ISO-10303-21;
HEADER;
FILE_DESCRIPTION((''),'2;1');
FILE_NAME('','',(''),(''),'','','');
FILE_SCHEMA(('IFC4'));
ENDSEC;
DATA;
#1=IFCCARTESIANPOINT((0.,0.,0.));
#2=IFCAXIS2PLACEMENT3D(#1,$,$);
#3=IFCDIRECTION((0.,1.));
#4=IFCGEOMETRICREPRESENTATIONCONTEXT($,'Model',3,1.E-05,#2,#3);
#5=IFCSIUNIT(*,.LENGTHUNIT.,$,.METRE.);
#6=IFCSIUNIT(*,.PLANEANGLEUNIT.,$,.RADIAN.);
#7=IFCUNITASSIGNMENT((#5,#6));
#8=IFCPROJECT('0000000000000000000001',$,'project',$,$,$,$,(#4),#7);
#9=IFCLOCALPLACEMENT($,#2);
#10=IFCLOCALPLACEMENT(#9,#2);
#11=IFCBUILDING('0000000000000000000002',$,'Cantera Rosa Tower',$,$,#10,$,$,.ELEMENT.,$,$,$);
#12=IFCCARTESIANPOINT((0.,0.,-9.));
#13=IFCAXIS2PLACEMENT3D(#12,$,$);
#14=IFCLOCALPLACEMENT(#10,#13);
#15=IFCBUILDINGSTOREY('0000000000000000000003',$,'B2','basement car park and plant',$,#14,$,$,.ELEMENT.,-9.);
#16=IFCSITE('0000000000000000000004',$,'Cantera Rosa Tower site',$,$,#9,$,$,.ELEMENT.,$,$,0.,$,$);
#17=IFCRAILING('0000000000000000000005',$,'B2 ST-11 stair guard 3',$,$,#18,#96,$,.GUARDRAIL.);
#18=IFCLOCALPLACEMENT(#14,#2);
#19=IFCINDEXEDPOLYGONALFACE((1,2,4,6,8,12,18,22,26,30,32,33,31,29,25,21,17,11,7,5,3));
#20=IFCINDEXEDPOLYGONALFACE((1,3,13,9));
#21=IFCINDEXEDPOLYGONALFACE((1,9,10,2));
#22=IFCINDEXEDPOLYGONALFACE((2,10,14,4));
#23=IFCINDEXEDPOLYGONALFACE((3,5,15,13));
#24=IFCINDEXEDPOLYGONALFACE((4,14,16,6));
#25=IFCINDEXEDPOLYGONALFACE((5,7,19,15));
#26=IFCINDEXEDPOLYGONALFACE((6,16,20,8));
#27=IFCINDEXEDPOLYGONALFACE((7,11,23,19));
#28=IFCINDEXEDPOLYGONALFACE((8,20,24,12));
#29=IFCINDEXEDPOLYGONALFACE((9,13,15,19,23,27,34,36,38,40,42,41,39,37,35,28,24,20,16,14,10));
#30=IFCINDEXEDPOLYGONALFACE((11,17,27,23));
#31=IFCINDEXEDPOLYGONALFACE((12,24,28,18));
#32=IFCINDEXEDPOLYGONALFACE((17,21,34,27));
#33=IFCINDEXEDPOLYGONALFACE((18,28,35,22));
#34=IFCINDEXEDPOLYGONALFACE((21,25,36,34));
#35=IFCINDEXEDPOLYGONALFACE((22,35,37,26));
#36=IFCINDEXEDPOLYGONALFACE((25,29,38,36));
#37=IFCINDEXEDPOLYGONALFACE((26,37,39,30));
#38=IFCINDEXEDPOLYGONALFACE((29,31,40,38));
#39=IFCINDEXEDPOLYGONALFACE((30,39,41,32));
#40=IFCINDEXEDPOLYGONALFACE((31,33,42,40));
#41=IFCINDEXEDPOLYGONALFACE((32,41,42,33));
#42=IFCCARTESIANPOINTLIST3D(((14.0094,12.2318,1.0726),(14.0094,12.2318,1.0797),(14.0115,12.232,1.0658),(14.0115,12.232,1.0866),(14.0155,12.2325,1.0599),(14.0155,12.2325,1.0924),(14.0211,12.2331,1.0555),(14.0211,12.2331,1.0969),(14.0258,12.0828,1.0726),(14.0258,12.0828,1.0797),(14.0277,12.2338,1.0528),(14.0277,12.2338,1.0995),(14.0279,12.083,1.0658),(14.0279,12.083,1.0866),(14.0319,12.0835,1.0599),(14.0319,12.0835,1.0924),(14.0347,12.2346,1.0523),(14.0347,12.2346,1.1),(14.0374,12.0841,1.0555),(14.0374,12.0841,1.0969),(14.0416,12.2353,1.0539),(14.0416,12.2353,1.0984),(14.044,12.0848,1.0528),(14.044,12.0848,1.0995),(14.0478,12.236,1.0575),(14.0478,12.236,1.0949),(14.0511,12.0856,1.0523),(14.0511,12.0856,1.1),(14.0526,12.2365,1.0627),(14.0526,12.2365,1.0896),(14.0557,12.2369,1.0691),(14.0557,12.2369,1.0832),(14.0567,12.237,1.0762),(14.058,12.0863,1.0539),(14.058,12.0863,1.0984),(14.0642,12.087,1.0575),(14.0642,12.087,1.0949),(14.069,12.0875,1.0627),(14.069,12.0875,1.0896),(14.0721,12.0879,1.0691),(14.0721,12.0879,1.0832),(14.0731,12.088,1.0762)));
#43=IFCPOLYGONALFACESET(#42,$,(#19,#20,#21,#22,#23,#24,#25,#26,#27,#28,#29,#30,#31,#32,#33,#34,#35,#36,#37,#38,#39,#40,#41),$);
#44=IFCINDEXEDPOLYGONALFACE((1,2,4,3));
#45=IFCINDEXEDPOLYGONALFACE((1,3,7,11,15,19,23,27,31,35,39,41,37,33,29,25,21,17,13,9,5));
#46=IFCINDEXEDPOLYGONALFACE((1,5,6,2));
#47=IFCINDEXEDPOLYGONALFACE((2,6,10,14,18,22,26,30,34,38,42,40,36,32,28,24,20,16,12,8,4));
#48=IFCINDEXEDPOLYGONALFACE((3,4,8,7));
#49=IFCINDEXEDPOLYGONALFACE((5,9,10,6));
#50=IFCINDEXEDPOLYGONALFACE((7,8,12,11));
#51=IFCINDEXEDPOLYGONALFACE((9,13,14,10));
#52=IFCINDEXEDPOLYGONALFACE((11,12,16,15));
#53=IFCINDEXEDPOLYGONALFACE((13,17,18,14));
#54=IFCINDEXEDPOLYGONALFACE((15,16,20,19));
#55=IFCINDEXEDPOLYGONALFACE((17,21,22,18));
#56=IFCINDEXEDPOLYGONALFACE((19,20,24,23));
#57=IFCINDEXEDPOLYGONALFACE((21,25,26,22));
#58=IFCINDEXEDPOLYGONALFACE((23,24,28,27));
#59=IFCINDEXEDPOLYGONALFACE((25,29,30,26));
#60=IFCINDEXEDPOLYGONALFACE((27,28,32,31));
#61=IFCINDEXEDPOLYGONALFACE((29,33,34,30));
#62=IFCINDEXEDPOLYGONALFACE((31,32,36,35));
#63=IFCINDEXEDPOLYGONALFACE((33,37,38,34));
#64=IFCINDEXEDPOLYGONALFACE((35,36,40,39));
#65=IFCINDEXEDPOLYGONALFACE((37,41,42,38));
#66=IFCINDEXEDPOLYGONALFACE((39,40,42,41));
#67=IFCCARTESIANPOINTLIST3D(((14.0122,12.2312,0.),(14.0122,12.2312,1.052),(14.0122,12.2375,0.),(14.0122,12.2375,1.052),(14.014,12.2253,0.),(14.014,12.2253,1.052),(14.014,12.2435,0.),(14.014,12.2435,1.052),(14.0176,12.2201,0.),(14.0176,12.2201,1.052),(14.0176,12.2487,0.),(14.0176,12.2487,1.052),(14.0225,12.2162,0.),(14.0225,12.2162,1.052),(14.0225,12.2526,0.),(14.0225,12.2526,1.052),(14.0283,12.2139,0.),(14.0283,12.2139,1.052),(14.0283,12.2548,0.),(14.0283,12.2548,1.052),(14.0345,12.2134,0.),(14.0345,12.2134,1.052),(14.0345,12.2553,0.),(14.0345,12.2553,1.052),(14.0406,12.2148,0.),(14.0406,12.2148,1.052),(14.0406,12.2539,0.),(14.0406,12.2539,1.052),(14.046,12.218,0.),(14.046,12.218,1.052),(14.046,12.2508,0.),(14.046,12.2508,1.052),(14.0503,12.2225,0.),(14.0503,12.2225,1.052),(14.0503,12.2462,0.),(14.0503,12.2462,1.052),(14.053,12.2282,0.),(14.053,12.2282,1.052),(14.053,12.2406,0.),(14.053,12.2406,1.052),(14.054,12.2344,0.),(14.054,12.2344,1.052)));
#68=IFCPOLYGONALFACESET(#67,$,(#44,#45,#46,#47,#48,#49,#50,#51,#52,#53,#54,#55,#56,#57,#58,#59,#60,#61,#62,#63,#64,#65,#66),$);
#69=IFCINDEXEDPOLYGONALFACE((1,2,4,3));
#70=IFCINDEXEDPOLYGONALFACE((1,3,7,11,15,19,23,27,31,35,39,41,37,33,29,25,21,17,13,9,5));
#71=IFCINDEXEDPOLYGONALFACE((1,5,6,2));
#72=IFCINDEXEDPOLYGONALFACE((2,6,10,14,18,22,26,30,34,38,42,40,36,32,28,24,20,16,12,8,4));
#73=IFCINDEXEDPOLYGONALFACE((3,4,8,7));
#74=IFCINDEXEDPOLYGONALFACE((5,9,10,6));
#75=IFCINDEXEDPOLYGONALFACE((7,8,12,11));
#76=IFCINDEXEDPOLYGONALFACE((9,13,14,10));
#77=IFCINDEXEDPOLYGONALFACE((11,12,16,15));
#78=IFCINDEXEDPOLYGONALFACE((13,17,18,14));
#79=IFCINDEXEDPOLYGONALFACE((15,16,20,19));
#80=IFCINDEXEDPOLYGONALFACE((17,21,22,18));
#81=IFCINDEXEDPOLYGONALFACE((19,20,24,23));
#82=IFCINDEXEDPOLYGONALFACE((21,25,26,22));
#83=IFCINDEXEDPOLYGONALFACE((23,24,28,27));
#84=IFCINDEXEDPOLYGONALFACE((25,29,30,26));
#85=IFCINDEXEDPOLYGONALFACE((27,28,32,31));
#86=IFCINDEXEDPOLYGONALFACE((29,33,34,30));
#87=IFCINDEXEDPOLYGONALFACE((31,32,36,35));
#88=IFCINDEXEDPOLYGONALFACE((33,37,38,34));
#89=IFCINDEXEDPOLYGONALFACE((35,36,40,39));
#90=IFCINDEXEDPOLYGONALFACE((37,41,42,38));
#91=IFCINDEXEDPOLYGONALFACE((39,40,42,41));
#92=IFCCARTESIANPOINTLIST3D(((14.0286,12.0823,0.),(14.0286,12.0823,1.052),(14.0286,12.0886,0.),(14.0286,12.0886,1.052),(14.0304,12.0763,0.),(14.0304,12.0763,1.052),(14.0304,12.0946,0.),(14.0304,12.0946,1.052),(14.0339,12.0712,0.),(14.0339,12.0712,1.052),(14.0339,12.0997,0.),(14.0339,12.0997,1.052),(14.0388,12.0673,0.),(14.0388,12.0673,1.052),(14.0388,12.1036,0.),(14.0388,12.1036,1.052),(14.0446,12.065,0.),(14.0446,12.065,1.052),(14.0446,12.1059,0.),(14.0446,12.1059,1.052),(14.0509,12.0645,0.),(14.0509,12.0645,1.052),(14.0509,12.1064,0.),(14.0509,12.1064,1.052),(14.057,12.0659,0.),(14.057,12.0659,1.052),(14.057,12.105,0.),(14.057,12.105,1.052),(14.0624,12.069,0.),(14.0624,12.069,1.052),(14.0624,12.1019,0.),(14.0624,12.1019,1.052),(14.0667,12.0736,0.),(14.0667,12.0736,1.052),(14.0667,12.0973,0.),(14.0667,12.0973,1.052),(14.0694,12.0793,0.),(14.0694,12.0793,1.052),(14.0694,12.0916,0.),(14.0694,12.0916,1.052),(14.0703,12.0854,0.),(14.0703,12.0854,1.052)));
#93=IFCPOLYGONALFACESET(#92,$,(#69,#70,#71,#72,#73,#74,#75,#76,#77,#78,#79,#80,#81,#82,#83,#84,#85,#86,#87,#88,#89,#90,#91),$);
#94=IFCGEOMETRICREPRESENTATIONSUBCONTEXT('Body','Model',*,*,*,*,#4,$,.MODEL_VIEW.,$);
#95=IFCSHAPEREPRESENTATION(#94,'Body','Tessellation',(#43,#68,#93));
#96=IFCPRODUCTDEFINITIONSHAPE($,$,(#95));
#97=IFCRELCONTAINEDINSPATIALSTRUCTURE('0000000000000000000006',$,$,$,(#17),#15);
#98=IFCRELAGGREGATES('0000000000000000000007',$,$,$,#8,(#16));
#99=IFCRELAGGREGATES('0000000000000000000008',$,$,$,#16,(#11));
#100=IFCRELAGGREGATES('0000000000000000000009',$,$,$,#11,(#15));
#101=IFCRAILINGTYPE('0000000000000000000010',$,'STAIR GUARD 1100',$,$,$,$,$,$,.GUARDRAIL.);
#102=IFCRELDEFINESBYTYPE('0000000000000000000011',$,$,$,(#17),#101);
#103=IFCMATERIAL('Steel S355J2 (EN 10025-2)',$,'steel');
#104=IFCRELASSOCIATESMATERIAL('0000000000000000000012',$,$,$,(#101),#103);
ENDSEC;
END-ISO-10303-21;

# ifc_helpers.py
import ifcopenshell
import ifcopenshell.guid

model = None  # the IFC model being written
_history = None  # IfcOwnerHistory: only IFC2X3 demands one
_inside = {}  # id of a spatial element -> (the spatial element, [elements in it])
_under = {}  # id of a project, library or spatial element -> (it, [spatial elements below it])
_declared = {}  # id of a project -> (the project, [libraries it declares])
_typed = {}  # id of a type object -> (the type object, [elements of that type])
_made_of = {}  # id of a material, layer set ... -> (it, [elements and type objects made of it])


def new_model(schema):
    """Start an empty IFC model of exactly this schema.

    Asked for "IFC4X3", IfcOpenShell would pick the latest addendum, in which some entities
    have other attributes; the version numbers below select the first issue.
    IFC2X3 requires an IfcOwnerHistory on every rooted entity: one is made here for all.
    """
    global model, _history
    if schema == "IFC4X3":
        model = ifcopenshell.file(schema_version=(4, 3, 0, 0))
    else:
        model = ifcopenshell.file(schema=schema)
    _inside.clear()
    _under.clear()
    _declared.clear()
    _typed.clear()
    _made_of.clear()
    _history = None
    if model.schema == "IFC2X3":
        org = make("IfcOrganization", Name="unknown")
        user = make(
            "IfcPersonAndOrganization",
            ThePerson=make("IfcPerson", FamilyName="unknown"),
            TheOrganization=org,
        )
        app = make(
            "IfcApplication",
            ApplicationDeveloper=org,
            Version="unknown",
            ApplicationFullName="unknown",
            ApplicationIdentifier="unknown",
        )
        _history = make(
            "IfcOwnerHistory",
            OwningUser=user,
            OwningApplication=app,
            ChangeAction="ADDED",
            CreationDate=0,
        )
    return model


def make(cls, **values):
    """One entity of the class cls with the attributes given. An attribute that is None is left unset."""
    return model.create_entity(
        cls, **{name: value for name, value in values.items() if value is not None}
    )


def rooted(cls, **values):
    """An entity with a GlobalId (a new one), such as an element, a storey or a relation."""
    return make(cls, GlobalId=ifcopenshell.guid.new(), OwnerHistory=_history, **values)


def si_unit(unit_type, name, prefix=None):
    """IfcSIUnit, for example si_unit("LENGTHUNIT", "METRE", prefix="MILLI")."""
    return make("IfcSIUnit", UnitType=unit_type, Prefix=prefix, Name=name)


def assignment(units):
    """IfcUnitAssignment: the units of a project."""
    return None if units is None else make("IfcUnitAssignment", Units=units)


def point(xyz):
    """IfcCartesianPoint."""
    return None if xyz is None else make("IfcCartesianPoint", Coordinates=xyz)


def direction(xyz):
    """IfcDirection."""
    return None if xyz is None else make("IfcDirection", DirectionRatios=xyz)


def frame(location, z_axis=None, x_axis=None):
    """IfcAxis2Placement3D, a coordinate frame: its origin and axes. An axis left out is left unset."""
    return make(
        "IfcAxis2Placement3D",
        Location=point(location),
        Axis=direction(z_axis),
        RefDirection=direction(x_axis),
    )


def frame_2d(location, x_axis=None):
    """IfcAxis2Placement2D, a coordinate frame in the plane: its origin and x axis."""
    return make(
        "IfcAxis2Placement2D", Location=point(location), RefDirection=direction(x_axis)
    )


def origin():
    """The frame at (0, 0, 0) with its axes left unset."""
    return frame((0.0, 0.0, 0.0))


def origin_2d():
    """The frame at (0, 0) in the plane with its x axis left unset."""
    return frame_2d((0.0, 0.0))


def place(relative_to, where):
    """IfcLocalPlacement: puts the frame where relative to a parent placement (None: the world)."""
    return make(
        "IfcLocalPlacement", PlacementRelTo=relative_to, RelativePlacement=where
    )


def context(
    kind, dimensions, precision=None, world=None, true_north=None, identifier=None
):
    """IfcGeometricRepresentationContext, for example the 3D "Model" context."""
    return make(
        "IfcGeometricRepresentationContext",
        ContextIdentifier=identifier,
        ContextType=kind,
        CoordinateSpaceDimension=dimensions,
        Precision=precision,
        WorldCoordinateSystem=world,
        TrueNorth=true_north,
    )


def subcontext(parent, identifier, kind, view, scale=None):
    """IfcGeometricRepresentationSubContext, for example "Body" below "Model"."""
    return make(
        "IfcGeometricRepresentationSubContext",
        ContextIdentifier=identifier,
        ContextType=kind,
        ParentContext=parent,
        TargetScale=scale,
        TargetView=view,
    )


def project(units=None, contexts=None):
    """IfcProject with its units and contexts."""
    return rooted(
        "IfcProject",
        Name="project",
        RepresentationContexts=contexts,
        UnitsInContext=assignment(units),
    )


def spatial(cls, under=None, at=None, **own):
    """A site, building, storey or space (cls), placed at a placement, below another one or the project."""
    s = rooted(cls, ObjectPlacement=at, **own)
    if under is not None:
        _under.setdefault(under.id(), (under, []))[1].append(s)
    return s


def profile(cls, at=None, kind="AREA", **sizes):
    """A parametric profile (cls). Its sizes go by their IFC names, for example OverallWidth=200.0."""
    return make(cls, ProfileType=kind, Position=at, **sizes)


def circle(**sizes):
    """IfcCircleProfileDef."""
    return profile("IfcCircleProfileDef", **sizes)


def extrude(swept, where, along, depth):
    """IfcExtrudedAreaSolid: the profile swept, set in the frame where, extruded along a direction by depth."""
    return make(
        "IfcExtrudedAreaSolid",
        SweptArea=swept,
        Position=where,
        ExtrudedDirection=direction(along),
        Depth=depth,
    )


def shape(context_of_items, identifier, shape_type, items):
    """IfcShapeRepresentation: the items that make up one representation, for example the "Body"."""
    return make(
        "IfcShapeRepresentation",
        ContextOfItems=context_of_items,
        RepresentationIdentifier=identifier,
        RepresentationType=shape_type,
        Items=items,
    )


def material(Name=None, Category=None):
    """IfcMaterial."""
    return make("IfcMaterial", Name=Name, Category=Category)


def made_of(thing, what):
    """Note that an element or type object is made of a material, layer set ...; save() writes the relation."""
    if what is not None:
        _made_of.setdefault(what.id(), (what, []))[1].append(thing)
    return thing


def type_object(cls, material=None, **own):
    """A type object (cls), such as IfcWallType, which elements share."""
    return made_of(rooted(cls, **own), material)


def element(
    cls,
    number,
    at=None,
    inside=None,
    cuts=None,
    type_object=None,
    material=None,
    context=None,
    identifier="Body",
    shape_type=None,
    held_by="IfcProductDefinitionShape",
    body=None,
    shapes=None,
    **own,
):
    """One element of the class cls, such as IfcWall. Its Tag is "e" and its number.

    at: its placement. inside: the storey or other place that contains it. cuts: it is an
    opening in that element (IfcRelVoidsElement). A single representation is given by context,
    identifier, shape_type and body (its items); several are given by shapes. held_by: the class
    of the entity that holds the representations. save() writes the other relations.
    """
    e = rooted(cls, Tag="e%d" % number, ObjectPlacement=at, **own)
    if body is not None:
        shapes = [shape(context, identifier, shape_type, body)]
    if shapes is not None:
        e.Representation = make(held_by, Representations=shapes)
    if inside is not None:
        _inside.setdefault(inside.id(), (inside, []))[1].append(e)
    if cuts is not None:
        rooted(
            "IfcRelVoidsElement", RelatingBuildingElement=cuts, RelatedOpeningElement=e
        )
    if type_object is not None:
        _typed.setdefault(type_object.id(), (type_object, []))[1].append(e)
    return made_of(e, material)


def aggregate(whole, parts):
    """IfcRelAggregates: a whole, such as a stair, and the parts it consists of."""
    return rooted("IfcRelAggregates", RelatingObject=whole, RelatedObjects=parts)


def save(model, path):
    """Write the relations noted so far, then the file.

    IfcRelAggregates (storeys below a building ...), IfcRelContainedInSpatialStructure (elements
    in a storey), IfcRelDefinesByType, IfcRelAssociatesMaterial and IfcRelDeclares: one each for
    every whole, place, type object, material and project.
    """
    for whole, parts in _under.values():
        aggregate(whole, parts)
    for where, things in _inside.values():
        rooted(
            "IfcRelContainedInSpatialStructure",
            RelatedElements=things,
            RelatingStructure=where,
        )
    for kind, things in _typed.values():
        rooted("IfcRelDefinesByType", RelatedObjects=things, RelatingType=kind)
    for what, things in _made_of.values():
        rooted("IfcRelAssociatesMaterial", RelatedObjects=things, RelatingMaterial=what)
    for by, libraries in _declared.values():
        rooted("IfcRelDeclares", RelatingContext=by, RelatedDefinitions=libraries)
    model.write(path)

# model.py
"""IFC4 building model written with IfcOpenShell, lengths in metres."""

from ifc_helpers import new_model, si_unit, direction, frame, origin, origin_2d, place, context, subcontext, project, spatial, circle, extrude, material, type_object, element, save


model = new_model("IFC4")

# Units and contexts
model_context = context("Model", 3, precision=1e-05, world=origin(), true_north=direction((0.0, 1.0)))
body_context = subcontext(model_context, "Body", "Model", "MODEL_VIEW")
ifc_project = project(units=[si_unit("LENGTHUNIT", "METRE"), si_unit("PLANEANGLEUNIT", "RADIAN")], contexts=[model_context])

# Site, building, storey
site_placement = place(None, origin())
site = spatial("IfcSite", under=ifc_project, at=site_placement, Name="Cantera Rosa Tower site", CompositionType="ELEMENT", RefElevation=0.0)
building_placement = place(site_placement, origin())
building = spatial("IfcBuilding", under=site, at=building_placement, Name="Cantera Rosa Tower", CompositionType="ELEMENT")
storey_placement = place(building_placement, frame((0.0, 0.0, -9.0)))
storey = spatial("IfcBuildingStorey", under=building, at=storey_placement, Name="B2", Description="basement car park and plant", CompositionType="ELEMENT", Elevation=-9.0)

# Railing
ifc_material_1 = material(Name="Steel S355J2 (EN 10025-2)", Category="steel")
railing_type_1 = type_object("IfcRailingType", Name="STAIR GUARD 1100", PredefinedType="GUARDRAIL", material=ifc_material_1)
railing_1_placement = place(storey_placement, frame((14.033, 12.2344, 0.0)))
element("IfcRailing", 1, at=railing_1_placement, inside=storey, type_object=railing_type_1, Name="B2 ST-11 stair guard 3", PredefinedType="GUARDRAIL", context=body_context, shape_type="SweptSolid", body=[
    extrude(circle(Radius=0.0239, at=origin_2d()), frame((0.0, 0.0, 1.0762), z_axis=(0.109179, -0.994022, 0.0), x_axis=(0.994022, 0.109179, 0.0)), (0.0, 0.0, 1.0), 0.1499),
    extrude(circle(Radius=0.021, at=origin_2d()), origin(), (0.0, 0.0, 1.0), 1.052),
    extrude(circle(Radius=0.021, at=origin_2d()), frame((0.0164, -0.1489, 0.0)), (0.0, 0.0, 1.0), 1.052),
])

save(model, "model.ifc")
